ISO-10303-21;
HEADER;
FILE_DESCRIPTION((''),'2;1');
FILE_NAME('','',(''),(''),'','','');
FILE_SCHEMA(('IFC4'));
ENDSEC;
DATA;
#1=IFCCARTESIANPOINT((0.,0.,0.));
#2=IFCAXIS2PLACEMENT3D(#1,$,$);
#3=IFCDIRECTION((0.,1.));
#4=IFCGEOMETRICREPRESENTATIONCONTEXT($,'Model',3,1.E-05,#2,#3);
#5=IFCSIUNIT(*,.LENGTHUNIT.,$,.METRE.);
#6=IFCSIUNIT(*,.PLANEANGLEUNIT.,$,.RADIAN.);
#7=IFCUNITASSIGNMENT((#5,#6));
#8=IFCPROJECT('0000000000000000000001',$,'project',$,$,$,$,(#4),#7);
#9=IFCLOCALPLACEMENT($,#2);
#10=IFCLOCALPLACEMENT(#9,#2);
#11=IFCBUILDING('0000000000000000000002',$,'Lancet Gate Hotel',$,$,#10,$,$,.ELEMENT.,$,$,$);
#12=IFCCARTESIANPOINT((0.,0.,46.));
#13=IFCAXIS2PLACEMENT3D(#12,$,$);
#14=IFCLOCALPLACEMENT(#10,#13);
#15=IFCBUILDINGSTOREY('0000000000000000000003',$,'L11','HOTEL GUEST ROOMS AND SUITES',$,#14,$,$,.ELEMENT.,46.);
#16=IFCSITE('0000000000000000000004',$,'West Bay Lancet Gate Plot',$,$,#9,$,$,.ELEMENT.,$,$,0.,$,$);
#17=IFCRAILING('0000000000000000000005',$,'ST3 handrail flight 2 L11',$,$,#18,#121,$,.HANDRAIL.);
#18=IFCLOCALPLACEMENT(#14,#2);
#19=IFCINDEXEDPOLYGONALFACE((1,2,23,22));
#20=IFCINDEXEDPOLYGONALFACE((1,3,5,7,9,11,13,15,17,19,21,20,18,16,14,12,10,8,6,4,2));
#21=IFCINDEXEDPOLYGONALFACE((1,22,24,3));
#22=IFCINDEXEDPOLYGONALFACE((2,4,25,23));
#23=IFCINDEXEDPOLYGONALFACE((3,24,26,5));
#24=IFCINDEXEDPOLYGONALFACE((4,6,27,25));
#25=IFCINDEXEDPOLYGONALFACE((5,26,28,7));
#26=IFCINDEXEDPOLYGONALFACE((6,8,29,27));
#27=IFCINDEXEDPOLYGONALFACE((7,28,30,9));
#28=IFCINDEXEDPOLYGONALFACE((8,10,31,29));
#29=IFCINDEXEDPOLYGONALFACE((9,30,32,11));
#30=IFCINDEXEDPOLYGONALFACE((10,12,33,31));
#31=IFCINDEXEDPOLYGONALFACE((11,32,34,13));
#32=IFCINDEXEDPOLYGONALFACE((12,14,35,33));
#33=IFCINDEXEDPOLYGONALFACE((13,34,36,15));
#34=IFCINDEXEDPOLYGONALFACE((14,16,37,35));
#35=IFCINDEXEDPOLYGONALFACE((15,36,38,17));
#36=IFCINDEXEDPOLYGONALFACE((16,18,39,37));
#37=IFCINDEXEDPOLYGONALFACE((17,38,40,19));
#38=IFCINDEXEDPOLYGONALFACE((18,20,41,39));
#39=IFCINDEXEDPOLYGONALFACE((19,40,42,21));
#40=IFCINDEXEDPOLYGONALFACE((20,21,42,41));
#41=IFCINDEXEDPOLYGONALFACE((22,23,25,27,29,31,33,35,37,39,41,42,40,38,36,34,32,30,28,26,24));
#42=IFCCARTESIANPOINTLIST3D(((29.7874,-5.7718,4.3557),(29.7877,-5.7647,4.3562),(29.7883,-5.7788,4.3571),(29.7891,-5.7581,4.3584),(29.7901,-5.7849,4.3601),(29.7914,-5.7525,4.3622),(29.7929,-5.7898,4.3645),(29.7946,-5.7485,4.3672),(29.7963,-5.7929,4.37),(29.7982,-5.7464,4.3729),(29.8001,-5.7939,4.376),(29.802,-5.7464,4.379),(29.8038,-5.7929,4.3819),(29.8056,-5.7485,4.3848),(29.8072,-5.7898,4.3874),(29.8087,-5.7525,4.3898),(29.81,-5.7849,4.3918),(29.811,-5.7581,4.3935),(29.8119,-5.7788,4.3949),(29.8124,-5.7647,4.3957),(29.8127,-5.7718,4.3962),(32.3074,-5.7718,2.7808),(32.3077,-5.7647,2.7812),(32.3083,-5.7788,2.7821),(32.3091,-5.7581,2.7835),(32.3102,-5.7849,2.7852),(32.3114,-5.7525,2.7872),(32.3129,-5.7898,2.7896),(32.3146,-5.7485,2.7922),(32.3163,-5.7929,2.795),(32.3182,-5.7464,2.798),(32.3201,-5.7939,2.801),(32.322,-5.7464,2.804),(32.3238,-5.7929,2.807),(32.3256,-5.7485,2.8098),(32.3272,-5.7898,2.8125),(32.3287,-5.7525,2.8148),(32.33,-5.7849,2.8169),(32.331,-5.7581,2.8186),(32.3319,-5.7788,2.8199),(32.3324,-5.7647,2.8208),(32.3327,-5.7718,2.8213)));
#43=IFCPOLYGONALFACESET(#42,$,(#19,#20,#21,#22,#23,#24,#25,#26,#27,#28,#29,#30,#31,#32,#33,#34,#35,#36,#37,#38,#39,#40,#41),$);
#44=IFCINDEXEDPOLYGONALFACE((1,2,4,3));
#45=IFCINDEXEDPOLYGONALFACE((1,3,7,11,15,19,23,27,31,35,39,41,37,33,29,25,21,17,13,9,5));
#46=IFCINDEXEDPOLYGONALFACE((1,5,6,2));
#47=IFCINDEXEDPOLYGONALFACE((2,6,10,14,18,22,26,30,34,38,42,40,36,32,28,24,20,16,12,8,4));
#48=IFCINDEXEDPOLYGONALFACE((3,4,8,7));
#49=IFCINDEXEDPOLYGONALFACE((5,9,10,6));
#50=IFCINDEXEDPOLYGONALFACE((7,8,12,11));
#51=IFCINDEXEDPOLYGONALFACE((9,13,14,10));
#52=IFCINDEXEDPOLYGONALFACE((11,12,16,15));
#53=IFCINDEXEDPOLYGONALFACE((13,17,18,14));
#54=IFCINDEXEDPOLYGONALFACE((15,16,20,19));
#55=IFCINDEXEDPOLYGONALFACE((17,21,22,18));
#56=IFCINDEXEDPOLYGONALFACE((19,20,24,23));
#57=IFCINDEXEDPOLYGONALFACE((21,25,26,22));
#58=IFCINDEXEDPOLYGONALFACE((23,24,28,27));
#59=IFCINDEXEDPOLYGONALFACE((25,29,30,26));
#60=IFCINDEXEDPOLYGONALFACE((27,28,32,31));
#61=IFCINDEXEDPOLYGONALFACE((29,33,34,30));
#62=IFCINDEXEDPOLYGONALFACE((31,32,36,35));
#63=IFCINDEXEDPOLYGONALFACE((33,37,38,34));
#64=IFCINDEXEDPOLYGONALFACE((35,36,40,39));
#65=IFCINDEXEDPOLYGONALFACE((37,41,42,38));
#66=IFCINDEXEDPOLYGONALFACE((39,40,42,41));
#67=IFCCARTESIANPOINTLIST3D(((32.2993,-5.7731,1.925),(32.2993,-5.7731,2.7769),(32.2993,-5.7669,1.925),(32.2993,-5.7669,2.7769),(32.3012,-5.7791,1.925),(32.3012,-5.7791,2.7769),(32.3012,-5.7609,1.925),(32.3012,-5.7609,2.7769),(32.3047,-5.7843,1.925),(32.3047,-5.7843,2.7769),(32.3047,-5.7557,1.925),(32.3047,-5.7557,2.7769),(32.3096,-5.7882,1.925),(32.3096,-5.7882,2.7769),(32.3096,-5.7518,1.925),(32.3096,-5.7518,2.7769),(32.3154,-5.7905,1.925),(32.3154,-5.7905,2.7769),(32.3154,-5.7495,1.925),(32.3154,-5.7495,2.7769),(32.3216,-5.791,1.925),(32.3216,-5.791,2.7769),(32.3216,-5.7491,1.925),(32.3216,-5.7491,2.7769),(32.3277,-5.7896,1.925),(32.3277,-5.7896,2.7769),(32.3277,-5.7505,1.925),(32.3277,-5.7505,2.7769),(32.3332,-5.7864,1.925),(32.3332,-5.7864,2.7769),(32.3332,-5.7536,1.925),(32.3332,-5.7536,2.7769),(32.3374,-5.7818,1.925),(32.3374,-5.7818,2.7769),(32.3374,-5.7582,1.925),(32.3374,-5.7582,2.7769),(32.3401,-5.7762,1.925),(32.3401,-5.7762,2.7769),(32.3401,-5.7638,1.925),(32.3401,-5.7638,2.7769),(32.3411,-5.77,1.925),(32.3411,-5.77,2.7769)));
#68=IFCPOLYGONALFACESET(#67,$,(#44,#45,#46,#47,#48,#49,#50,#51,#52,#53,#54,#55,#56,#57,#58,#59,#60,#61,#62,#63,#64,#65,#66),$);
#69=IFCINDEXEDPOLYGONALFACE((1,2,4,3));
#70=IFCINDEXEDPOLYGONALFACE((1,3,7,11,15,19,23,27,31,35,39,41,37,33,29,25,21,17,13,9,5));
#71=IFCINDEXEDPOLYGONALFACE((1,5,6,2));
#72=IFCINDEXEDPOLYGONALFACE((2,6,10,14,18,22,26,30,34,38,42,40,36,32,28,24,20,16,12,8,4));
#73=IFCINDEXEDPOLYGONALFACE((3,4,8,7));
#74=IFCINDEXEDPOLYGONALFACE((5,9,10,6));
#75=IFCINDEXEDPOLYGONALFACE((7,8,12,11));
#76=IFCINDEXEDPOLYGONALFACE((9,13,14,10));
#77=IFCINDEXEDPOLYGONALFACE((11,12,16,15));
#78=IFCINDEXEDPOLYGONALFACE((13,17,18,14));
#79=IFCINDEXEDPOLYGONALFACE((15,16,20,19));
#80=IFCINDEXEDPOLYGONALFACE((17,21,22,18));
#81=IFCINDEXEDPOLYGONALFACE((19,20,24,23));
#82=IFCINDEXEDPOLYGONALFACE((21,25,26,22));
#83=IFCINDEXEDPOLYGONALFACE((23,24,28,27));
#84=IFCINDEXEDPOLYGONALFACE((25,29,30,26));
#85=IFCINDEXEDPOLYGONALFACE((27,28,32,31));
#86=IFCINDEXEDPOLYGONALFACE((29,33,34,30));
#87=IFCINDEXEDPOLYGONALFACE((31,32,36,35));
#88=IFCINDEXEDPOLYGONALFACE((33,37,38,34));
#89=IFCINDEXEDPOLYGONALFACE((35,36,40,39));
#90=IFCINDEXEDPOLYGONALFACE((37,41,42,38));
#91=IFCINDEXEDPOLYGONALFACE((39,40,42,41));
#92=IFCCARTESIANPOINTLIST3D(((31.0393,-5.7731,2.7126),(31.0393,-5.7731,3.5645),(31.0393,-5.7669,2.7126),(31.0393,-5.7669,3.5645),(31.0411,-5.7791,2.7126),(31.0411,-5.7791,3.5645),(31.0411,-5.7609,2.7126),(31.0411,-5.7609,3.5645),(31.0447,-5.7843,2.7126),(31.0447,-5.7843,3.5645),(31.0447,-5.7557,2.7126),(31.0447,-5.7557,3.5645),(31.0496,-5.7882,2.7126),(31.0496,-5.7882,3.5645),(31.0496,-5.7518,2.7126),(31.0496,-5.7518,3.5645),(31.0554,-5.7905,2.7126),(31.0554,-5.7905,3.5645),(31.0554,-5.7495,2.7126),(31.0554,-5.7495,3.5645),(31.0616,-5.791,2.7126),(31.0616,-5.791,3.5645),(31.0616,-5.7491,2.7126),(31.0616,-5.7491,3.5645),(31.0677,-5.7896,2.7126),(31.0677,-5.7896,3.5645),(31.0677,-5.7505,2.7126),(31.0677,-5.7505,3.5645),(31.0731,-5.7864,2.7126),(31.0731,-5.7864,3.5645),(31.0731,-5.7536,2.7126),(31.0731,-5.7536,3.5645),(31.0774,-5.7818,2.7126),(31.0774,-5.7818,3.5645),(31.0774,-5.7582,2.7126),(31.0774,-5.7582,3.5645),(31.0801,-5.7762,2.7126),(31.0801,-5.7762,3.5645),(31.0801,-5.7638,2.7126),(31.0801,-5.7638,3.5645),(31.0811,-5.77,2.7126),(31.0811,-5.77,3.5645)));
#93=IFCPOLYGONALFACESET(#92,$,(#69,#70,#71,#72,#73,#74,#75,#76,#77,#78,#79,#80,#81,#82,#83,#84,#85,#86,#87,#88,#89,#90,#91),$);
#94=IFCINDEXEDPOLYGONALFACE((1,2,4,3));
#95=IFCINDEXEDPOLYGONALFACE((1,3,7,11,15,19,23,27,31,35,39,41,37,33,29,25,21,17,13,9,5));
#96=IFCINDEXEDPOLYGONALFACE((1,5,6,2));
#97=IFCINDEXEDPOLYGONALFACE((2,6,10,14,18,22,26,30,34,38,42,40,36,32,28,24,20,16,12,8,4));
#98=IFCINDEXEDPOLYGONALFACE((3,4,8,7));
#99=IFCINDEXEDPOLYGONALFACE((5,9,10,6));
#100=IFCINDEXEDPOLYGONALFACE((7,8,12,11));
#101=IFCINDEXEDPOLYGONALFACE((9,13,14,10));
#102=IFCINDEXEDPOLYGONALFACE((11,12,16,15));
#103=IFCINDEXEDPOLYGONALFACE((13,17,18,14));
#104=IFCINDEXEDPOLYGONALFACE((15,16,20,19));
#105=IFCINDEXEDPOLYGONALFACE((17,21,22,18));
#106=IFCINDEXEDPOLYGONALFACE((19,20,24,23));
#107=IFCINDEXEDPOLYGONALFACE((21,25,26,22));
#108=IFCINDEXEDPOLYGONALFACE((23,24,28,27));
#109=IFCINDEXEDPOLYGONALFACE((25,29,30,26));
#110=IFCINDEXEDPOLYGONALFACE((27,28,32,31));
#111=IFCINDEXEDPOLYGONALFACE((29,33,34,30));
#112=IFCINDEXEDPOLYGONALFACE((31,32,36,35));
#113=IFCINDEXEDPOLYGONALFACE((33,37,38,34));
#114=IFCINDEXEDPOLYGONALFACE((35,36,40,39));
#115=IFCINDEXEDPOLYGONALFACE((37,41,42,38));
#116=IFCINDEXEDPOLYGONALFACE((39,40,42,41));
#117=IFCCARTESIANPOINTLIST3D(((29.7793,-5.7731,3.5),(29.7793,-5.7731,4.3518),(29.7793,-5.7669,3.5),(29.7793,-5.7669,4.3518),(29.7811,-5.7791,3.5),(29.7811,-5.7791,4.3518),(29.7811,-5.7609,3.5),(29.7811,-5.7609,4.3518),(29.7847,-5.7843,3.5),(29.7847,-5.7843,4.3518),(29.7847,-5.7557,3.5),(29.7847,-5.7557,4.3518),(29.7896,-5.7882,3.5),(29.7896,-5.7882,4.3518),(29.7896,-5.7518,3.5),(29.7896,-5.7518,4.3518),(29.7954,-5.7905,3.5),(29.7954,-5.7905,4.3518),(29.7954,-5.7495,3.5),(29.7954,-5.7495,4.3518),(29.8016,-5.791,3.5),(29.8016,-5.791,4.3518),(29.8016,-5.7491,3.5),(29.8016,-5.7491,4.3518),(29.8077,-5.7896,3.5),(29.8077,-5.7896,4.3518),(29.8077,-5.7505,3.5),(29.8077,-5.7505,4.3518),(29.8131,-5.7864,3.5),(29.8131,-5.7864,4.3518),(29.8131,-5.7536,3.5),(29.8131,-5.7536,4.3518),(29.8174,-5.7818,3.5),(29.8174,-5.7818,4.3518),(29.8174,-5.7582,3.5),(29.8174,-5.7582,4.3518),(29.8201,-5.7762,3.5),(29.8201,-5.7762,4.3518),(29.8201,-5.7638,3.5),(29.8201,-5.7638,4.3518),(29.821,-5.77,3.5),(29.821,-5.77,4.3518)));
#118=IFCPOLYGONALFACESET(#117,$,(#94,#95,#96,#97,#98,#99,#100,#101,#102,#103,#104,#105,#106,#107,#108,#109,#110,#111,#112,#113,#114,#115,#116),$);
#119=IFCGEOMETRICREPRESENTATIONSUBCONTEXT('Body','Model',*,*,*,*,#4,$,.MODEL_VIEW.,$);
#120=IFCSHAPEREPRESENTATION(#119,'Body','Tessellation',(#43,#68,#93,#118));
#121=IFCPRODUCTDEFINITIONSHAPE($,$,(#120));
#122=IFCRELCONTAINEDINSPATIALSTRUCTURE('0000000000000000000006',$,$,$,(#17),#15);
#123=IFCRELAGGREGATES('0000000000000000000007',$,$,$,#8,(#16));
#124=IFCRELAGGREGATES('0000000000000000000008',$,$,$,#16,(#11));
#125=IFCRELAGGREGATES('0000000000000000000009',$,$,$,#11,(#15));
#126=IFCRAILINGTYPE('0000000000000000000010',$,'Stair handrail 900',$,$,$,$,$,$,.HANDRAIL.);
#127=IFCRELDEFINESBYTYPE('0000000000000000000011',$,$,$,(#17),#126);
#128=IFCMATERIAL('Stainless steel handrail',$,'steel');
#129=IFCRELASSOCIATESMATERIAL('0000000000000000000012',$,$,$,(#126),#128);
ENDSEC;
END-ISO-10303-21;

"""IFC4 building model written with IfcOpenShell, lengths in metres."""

from ifc_helpers import new_model, si_unit, direction, frame, origin, origin_2d, place, context, subcontext, project, spatial, circle, extrude, material, type_object, element, save


model = new_model("IFC4")

# Units and contexts
model_context = context("Model", 3, precision=1e-05, world=origin(), true_north=direction((0.0, 1.0)))
body_context = subcontext(model_context, "Body", "Model", "MODEL_VIEW")
ifc_project = project(units=[si_unit("LENGTHUNIT", "METRE"), si_unit("PLANEANGLEUNIT", "RADIAN")], contexts=[model_context])

# Site, building, storey
site_placement = place(None, origin())
site = spatial("IfcSite", under=ifc_project, at=site_placement, Name="West Bay Lancet Gate Plot", CompositionType="ELEMENT", RefElevation=0.0)
building_placement = place(site_placement, origin())
building = spatial("IfcBuilding", under=site, at=building_placement, Name="Lancet Gate Hotel", CompositionType="ELEMENT")
storey_placement = place(building_placement, frame((0.0, 0.0, 46.0)))
storey = spatial("IfcBuildingStorey", under=building, at=storey_placement, Name="L11", Description="HOTEL GUEST ROOMS AND SUITES", CompositionType="ELEMENT", Elevation=46.0)

# Railing
ifc_material_1 = material(Name="Stainless steel handrail", Category="steel")
railing_type = type_object("IfcRailingType", Name="Stair handrail 900", PredefinedType="HANDRAIL", material=ifc_material_1)
railing_1_placement = place(storey_placement, frame((32.3201, -5.77, 1.925)))
element("IfcRailing", 1, at=railing_1_placement, inside=storey, type_object=railing_type, Name="ST3 handrail flight 2 L11", PredefinedType="HANDRAIL", context=body_context, shape_type="SweptSolid", body=[
    extrude(circle(Radius=0.0239, at=origin_2d()), frame((0.0, 0.0, 0.876), z_axis=(-0.848008, 0.0, 0.529984), x_axis=(0.0, -1.0, 0.0)), (0.0, 0.0, 1.0), 2.9717),
    extrude(circle(Radius=0.021, at=origin_2d()), origin(), (0.0, 0.0, 1.0), 0.8518),
    extrude(circle(Radius=0.021, at=origin_2d()), frame((-1.26, 0.0, 0.7876)), (0.0, 0.0, 1.0), 0.8518),
    extrude(circle(Radius=0.021, at=origin_2d()), frame((-2.52, 0.0, 1.575)), (0.0, 0.0, 1.0), 0.8518),
])

save(model, "model.ifc")
